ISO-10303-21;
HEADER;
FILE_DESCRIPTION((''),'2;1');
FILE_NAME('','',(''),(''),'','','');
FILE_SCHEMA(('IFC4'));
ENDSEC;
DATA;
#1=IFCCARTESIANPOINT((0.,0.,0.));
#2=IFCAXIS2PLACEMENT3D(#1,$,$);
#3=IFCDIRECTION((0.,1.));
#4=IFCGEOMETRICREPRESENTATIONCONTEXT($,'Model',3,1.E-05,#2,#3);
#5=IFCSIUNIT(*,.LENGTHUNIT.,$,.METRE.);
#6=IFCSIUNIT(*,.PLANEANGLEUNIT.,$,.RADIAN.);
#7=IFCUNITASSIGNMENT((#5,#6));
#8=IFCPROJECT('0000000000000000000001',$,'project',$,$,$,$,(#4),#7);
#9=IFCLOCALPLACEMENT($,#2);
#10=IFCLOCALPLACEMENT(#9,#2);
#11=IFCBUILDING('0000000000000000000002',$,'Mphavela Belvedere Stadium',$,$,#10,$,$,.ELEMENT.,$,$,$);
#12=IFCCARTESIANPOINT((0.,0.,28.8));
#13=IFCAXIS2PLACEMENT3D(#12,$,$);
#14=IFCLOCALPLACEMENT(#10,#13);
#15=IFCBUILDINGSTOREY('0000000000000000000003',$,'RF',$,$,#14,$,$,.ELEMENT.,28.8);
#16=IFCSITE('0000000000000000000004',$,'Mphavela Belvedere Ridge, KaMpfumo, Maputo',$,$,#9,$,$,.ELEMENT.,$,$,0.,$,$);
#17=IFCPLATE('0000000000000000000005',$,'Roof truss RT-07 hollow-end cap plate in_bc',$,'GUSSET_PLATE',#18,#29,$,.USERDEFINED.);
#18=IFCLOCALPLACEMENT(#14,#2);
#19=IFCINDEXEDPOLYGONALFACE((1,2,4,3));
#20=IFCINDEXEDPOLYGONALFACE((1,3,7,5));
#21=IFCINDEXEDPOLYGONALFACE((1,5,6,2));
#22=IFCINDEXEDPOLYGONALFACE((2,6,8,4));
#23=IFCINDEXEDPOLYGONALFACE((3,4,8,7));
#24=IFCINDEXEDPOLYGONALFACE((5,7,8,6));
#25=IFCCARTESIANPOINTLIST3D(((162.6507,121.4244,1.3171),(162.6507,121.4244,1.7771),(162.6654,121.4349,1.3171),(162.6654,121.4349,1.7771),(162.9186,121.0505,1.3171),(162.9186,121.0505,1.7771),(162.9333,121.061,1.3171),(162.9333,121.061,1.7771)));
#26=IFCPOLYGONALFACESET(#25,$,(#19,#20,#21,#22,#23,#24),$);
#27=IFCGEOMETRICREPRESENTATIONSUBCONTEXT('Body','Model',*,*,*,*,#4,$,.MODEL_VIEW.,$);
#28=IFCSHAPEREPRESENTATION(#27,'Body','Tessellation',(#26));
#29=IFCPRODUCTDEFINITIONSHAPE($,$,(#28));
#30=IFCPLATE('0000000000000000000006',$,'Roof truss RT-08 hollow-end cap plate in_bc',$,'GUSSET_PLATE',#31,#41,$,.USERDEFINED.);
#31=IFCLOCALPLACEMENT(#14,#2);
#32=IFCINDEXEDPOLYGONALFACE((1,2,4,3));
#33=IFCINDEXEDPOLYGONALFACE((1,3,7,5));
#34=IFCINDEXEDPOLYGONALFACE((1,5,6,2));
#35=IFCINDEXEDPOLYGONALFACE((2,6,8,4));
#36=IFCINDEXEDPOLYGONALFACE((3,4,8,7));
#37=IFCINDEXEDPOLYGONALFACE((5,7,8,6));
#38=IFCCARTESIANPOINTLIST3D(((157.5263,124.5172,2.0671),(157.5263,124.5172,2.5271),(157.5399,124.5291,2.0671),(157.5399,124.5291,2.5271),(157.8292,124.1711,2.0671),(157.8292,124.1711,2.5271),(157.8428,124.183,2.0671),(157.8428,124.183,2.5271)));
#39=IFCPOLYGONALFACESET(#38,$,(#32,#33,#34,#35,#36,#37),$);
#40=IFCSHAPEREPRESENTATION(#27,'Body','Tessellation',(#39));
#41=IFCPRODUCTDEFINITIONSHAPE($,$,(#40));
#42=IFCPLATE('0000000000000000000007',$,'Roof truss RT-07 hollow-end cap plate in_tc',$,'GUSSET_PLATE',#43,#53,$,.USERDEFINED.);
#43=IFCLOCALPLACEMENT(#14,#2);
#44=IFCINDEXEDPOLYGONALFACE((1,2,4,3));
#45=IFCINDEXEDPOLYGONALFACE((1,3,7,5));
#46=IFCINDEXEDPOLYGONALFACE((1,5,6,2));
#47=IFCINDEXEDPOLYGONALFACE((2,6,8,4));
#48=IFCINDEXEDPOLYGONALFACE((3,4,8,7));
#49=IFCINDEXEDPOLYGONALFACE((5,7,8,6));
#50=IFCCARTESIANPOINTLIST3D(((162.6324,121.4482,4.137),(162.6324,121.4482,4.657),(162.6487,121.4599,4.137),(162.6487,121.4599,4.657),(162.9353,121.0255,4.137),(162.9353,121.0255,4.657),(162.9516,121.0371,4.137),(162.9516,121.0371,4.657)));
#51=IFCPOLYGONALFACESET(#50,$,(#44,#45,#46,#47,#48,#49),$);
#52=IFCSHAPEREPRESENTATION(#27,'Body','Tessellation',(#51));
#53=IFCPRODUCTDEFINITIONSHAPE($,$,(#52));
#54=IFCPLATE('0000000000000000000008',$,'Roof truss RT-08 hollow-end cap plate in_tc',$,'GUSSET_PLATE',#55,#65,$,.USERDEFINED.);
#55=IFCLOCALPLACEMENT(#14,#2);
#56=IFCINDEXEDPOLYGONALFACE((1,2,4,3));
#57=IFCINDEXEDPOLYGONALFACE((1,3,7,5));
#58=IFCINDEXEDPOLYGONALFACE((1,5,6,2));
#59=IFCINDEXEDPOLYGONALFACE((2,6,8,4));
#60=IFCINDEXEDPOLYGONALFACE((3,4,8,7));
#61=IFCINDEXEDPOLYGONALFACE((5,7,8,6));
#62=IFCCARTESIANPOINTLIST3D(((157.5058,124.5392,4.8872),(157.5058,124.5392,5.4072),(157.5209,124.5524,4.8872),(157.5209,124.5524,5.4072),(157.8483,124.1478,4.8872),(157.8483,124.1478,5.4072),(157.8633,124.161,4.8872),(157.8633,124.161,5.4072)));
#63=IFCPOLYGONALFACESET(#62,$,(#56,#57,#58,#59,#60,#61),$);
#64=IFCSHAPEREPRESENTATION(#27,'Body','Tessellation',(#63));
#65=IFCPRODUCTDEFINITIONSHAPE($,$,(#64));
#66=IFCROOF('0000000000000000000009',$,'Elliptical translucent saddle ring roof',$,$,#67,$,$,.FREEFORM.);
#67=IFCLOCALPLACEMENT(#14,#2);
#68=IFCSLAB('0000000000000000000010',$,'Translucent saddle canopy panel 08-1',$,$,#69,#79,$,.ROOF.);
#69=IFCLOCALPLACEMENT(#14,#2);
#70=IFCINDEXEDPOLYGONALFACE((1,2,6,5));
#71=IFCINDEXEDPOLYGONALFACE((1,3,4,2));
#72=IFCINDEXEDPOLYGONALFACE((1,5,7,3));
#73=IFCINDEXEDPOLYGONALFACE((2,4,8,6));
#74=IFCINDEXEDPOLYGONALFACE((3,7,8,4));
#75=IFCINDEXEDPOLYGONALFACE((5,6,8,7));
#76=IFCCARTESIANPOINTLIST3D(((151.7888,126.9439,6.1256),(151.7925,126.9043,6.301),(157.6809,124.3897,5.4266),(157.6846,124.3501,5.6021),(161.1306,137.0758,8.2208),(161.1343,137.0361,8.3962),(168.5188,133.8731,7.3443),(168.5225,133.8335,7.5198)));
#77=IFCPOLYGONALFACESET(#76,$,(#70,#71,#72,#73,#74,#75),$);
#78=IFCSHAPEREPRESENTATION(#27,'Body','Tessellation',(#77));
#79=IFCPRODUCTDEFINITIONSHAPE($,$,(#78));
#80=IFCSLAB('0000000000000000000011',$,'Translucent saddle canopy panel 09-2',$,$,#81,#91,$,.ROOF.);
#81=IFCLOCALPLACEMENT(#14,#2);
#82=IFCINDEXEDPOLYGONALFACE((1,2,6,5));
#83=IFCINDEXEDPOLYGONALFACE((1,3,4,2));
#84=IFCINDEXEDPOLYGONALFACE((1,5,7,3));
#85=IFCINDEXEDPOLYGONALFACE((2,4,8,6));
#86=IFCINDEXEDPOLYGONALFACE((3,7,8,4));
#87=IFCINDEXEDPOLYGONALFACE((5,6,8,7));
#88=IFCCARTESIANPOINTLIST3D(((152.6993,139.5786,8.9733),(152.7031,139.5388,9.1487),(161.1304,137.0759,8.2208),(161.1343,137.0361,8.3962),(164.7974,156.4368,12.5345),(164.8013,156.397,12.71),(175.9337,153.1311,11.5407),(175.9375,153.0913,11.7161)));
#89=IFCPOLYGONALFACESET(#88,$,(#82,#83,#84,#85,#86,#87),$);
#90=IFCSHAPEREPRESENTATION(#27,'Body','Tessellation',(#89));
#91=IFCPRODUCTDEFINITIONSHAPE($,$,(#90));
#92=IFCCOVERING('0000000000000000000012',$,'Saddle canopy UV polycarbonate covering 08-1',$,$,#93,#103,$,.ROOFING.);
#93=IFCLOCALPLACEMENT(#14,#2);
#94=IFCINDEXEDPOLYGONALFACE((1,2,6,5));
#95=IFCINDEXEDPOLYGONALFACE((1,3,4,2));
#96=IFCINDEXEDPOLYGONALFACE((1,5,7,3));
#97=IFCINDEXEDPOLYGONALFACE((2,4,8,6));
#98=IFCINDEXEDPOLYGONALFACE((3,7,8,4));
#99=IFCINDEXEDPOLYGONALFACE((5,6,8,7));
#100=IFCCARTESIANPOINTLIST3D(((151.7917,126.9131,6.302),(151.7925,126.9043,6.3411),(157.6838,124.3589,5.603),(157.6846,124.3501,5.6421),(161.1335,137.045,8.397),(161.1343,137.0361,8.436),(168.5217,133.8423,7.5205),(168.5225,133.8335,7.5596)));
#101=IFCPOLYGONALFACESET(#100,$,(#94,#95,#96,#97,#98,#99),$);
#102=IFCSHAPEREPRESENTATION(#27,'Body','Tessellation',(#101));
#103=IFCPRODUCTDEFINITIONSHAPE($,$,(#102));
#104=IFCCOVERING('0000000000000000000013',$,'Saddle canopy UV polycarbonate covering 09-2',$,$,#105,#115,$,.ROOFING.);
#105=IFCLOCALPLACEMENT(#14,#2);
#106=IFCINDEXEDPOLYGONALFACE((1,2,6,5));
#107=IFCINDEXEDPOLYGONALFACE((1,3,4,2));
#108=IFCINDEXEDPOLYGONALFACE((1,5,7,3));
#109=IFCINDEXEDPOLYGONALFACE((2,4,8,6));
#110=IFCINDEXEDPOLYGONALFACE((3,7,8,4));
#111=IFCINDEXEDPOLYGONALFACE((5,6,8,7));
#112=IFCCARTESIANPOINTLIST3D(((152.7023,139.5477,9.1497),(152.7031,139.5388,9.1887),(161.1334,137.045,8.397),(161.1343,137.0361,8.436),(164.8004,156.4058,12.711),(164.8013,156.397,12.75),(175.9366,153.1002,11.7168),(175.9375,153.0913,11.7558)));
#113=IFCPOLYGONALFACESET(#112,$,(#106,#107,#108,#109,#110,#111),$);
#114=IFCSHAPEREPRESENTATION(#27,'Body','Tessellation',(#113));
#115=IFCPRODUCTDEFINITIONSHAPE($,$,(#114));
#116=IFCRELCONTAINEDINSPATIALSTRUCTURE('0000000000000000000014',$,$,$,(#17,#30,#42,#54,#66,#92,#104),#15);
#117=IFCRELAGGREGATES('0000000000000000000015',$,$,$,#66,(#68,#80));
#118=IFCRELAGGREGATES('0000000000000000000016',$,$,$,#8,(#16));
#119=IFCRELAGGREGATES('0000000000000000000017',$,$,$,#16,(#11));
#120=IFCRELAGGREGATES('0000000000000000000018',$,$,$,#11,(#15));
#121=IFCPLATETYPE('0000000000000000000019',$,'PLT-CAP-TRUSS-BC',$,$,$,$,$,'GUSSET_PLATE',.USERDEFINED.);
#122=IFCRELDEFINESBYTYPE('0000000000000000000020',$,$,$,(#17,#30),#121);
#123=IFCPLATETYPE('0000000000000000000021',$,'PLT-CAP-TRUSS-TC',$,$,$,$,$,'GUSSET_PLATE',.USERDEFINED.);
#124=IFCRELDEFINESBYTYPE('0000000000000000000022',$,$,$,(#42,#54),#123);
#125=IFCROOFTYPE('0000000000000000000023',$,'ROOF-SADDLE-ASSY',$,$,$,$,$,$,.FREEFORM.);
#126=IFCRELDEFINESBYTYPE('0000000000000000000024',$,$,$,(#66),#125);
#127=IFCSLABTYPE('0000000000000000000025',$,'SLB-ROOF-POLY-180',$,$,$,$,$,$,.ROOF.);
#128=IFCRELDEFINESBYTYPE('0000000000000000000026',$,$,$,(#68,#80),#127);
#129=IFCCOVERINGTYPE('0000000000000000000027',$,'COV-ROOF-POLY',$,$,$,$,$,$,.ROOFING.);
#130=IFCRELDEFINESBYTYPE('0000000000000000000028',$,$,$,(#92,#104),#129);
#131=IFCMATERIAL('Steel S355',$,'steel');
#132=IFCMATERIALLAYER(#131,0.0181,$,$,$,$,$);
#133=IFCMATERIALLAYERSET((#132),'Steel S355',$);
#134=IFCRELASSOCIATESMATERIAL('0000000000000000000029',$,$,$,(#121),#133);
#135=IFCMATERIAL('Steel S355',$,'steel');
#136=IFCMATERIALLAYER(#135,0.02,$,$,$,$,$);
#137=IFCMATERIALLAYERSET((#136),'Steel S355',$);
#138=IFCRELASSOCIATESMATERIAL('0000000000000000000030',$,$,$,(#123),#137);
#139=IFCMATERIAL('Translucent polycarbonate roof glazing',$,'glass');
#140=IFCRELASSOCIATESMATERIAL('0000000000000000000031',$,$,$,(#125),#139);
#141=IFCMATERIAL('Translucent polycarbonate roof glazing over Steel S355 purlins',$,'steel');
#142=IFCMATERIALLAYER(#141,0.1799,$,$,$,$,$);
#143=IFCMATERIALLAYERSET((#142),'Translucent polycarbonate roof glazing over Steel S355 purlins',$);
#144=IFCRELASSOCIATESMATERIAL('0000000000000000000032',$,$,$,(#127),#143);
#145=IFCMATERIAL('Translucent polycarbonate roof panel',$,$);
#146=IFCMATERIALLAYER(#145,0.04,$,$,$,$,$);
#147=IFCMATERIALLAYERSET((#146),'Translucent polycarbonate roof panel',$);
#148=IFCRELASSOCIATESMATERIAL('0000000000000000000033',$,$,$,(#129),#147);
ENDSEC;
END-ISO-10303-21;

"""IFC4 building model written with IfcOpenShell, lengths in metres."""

from ifc_helpers import new_model, si_unit, direction, frame, origin, origin_2d, place, context, subcontext, project, spatial, polyline, rectangle, outline, extrude, material, layer, layer_set, type_object, element, aggregate, save


model = new_model("IFC4")

# Units and contexts
model_context = context("Model", 3, precision=1e-05, world=origin(), true_north=direction((0.0, 1.0)))
body_context = subcontext(model_context, "Body", "Model", "MODEL_VIEW")
ifc_project = project(units=[si_unit("LENGTHUNIT", "METRE"), si_unit("PLANEANGLEUNIT", "RADIAN")], contexts=[model_context])

# Site, building, storey
site_placement = place(None, origin())
site = spatial("IfcSite", under=ifc_project, at=site_placement, Name="Mphavela Belvedere Ridge, KaMpfumo, Maputo", CompositionType="ELEMENT", RefElevation=0.0)
building_placement = place(site_placement, origin())
building = spatial("IfcBuilding", under=site, at=building_placement, Name="Mphavela Belvedere Stadium", CompositionType="ELEMENT")
storey_placement = place(building_placement, frame((0.0, 0.0, 28.8)))
storey = spatial("IfcBuildingStorey", under=building, at=storey_placement, Name="RF", CompositionType="ELEMENT", Elevation=28.8)

# Plates
ifc_material_1 = material(Name="Steel S355", Category="steel")
ifc_layer_1 = layer(ifc_material_1, 0.0181)
ifc_layer_set_1 = layer_set([ifc_layer_1], Name="Steel S355")
plate_type_1 = type_object("IfcPlateType", Name="PLT-CAP-TRUSS-BC", ElementType="GUSSET_PLATE", PredefinedType="USERDEFINED", material=ifc_layer_set_1)
for number, where, z_axis, x_axis, name in (
    (1, (162.792, 121.2427, 1.3171), (0.0, 0.0, 1.0), (0.812898, 0.582407, 0.0), "Roof truss RT-07 hollow-end cap plate in_bc"),
    (2, (157.6846, 124.3501, 2.0671), (0.0, 0.0, 1.0), (0.75253, 0.658558, 0.0), "Roof truss RT-08 hollow-end cap plate in_bc"),
):
    element("IfcPlate", number, at=place(storey_placement, frame(where, z_axis=z_axis, x_axis=x_axis)), inside=storey, type_object=plate_type_1, Name=name, ObjectType="GUSSET_PLATE", PredefinedType="USERDEFINED", context=body_context, shape_type="SweptSolid", body=[
        extrude(rectangle(XDim=0.0181, YDim=0.46, at=origin_2d()), origin(), (0.0, 0.0, 1.0), 0.46),
    ])
ifc_material_2 = material(Name="Steel S355", Category="steel")
ifc_layer_2 = layer(ifc_material_2, 0.02)
ifc_layer_set_2 = layer_set([ifc_layer_2], Name="Steel S355")
plate_type_2 = type_object("IfcPlateType", Name="PLT-CAP-TRUSS-TC", ElementType="GUSSET_PLATE", PredefinedType="USERDEFINED", material=ifc_layer_set_2)
for number, where, z_axis, x_axis, name in (
    (3, (162.792, 121.2427, 4.137), (0.0, 0.0, 1.0), (0.812898, 0.582407, 0.0), "Roof truss RT-07 hollow-end cap plate in_tc"),
    (4, (157.6846, 124.3501, 4.8872), (0.0, 0.0, 1.0), (0.75253, 0.658558, 0.0), "Roof truss RT-08 hollow-end cap plate in_tc"),
):
    element("IfcPlate", number, at=place(storey_placement, frame(where, z_axis=z_axis, x_axis=x_axis)), inside=storey, type_object=plate_type_2, Name=name, ObjectType="GUSSET_PLATE", PredefinedType="USERDEFINED", context=body_context, shape_type="SweptSolid", body=[
        extrude(rectangle(XDim=0.02, YDim=0.52, at=origin_2d()), origin(), (0.0, 0.0, 1.0), 0.52),
    ])

# Roof, slabs
ifc_material_3 = material(Name="Translucent polycarbonate roof glazing", Category="glass")
roof_type = type_object("IfcRoofType", Name="ROOF-SADDLE-ASSY", PredefinedType="FREEFORM", material=ifc_material_3)
roof_placement = place(storey_placement, origin())
roof = element("IfcRoof", 5, at=roof_placement, inside=storey, type_object=roof_type, Name="Elliptical translucent saddle ring roof", PredefinedType="FREEFORM")
ifc_material_4 = material(Name="Translucent polycarbonate roof glazing over Steel S355 purlins", Category="steel")
ifc_layer_3 = layer(ifc_material_4, 0.1799)
ifc_layer_set_3 = layer_set([ifc_layer_3], Name="Translucent polycarbonate roof glazing over Steel S355 purlins")
slab_type = type_object("IfcSlabType", Name="SLB-ROOF-POLY-180", PredefinedType="ROOF", material=ifc_layer_set_3)
slab_1_placement = place(storey_placement, frame((157.6846, 124.3501, 5.6021), z_axis=(0.020197, -0.220292, 0.975225), x_axis=(-0.912114, 0.395398, 0.108206)))
slab_1 = element("IfcSlab", 6, at=slab_1_placement, type_object=slab_type, Name="Translucent saddle canopy panel 08-1", PredefinedType="ROOF", context=body_context, shape_type="SweptSolid", body=[
    extrude(outline(polyline([(0.0, 0.0), (6.4598, 0.0), (2.1718, -13.2637), (-5.9282, -13.2638), (0.0, 0.0)])), origin(), (0.0, 0.0, -1.0), 0.1799),
])
slab_2_placement = place(storey_placement, frame((161.1343, 137.0361, 8.3962), z_axis=(0.021332, -0.221272, 0.974979), x_axis=(-0.955167, 0.283529, 0.085246)))
slab_2 = element("IfcSlab", 7, at=slab_2_placement, type_object=slab_type, Name="Translucent saddle canopy panel 09-2", PredefinedType="ROOF", context=body_context, shape_type="SweptSolid", body=[
    extrude(outline(polyline([(0.0, 0.0), (8.8269, 0.0), (2.3545, -20.0338), (-9.3044, -20.0338), (0.0, 0.0)])), origin(), (0.0, 0.0, -1.0), 0.1799),
])
aggregate(roof, [slab_1, slab_2])

# Coverings
ifc_material_5 = material(Name="Translucent polycarbonate roof panel")
ifc_layer_4 = layer(ifc_material_5, 0.04)
ifc_layer_set_4 = layer_set([ifc_layer_4], Name="Translucent polycarbonate roof panel")
covering_type = type_object("IfcCoveringType", Name="COV-ROOF-POLY", PredefinedType="ROOFING", material=ifc_layer_set_4)
covering_1_placement = place(storey_placement, frame((157.6846, 124.3501, 5.6421), z_axis=(0.020204, -0.220276, 0.975228), x_axis=(-0.912114, 0.395398, 0.108206)))
element("IfcCovering", 8, at=covering_1_placement, inside=storey, type_object=covering_type, Name="Saddle canopy UV polycarbonate covering 08-1", PredefinedType="ROOFING", context=body_context, shape_type="SweptSolid", body=[
    extrude(outline(polyline([(0.0, 0.0), (6.4598, 0.0), (2.1718, -13.2637), (-5.9282, -13.2638), (0.0, 0.0)])), origin(), (0.0, 0.0, -1.0), 0.04),
])
covering_2_placement = place(storey_placement, frame((161.1343, 137.0361, 8.436), z_axis=(0.021352, -0.221287, 0.974975), x_axis=(-0.955165, 0.28353, 0.08527)))
element("IfcCovering", 9, at=covering_2_placement, inside=storey, type_object=covering_type, Name="Saddle canopy UV polycarbonate covering 09-2", PredefinedType="ROOFING", context=body_context, shape_type="SweptSolid", body=[
    extrude(outline(polyline([(0.0, 0.0), (8.8269, 0.0), (2.3546, -20.0338), (-9.3043, -20.0338), (0.0, 0.0)])), origin(), (0.0, 0.0, -1.0), 0.04),
])

save(model, "model.ifc")
